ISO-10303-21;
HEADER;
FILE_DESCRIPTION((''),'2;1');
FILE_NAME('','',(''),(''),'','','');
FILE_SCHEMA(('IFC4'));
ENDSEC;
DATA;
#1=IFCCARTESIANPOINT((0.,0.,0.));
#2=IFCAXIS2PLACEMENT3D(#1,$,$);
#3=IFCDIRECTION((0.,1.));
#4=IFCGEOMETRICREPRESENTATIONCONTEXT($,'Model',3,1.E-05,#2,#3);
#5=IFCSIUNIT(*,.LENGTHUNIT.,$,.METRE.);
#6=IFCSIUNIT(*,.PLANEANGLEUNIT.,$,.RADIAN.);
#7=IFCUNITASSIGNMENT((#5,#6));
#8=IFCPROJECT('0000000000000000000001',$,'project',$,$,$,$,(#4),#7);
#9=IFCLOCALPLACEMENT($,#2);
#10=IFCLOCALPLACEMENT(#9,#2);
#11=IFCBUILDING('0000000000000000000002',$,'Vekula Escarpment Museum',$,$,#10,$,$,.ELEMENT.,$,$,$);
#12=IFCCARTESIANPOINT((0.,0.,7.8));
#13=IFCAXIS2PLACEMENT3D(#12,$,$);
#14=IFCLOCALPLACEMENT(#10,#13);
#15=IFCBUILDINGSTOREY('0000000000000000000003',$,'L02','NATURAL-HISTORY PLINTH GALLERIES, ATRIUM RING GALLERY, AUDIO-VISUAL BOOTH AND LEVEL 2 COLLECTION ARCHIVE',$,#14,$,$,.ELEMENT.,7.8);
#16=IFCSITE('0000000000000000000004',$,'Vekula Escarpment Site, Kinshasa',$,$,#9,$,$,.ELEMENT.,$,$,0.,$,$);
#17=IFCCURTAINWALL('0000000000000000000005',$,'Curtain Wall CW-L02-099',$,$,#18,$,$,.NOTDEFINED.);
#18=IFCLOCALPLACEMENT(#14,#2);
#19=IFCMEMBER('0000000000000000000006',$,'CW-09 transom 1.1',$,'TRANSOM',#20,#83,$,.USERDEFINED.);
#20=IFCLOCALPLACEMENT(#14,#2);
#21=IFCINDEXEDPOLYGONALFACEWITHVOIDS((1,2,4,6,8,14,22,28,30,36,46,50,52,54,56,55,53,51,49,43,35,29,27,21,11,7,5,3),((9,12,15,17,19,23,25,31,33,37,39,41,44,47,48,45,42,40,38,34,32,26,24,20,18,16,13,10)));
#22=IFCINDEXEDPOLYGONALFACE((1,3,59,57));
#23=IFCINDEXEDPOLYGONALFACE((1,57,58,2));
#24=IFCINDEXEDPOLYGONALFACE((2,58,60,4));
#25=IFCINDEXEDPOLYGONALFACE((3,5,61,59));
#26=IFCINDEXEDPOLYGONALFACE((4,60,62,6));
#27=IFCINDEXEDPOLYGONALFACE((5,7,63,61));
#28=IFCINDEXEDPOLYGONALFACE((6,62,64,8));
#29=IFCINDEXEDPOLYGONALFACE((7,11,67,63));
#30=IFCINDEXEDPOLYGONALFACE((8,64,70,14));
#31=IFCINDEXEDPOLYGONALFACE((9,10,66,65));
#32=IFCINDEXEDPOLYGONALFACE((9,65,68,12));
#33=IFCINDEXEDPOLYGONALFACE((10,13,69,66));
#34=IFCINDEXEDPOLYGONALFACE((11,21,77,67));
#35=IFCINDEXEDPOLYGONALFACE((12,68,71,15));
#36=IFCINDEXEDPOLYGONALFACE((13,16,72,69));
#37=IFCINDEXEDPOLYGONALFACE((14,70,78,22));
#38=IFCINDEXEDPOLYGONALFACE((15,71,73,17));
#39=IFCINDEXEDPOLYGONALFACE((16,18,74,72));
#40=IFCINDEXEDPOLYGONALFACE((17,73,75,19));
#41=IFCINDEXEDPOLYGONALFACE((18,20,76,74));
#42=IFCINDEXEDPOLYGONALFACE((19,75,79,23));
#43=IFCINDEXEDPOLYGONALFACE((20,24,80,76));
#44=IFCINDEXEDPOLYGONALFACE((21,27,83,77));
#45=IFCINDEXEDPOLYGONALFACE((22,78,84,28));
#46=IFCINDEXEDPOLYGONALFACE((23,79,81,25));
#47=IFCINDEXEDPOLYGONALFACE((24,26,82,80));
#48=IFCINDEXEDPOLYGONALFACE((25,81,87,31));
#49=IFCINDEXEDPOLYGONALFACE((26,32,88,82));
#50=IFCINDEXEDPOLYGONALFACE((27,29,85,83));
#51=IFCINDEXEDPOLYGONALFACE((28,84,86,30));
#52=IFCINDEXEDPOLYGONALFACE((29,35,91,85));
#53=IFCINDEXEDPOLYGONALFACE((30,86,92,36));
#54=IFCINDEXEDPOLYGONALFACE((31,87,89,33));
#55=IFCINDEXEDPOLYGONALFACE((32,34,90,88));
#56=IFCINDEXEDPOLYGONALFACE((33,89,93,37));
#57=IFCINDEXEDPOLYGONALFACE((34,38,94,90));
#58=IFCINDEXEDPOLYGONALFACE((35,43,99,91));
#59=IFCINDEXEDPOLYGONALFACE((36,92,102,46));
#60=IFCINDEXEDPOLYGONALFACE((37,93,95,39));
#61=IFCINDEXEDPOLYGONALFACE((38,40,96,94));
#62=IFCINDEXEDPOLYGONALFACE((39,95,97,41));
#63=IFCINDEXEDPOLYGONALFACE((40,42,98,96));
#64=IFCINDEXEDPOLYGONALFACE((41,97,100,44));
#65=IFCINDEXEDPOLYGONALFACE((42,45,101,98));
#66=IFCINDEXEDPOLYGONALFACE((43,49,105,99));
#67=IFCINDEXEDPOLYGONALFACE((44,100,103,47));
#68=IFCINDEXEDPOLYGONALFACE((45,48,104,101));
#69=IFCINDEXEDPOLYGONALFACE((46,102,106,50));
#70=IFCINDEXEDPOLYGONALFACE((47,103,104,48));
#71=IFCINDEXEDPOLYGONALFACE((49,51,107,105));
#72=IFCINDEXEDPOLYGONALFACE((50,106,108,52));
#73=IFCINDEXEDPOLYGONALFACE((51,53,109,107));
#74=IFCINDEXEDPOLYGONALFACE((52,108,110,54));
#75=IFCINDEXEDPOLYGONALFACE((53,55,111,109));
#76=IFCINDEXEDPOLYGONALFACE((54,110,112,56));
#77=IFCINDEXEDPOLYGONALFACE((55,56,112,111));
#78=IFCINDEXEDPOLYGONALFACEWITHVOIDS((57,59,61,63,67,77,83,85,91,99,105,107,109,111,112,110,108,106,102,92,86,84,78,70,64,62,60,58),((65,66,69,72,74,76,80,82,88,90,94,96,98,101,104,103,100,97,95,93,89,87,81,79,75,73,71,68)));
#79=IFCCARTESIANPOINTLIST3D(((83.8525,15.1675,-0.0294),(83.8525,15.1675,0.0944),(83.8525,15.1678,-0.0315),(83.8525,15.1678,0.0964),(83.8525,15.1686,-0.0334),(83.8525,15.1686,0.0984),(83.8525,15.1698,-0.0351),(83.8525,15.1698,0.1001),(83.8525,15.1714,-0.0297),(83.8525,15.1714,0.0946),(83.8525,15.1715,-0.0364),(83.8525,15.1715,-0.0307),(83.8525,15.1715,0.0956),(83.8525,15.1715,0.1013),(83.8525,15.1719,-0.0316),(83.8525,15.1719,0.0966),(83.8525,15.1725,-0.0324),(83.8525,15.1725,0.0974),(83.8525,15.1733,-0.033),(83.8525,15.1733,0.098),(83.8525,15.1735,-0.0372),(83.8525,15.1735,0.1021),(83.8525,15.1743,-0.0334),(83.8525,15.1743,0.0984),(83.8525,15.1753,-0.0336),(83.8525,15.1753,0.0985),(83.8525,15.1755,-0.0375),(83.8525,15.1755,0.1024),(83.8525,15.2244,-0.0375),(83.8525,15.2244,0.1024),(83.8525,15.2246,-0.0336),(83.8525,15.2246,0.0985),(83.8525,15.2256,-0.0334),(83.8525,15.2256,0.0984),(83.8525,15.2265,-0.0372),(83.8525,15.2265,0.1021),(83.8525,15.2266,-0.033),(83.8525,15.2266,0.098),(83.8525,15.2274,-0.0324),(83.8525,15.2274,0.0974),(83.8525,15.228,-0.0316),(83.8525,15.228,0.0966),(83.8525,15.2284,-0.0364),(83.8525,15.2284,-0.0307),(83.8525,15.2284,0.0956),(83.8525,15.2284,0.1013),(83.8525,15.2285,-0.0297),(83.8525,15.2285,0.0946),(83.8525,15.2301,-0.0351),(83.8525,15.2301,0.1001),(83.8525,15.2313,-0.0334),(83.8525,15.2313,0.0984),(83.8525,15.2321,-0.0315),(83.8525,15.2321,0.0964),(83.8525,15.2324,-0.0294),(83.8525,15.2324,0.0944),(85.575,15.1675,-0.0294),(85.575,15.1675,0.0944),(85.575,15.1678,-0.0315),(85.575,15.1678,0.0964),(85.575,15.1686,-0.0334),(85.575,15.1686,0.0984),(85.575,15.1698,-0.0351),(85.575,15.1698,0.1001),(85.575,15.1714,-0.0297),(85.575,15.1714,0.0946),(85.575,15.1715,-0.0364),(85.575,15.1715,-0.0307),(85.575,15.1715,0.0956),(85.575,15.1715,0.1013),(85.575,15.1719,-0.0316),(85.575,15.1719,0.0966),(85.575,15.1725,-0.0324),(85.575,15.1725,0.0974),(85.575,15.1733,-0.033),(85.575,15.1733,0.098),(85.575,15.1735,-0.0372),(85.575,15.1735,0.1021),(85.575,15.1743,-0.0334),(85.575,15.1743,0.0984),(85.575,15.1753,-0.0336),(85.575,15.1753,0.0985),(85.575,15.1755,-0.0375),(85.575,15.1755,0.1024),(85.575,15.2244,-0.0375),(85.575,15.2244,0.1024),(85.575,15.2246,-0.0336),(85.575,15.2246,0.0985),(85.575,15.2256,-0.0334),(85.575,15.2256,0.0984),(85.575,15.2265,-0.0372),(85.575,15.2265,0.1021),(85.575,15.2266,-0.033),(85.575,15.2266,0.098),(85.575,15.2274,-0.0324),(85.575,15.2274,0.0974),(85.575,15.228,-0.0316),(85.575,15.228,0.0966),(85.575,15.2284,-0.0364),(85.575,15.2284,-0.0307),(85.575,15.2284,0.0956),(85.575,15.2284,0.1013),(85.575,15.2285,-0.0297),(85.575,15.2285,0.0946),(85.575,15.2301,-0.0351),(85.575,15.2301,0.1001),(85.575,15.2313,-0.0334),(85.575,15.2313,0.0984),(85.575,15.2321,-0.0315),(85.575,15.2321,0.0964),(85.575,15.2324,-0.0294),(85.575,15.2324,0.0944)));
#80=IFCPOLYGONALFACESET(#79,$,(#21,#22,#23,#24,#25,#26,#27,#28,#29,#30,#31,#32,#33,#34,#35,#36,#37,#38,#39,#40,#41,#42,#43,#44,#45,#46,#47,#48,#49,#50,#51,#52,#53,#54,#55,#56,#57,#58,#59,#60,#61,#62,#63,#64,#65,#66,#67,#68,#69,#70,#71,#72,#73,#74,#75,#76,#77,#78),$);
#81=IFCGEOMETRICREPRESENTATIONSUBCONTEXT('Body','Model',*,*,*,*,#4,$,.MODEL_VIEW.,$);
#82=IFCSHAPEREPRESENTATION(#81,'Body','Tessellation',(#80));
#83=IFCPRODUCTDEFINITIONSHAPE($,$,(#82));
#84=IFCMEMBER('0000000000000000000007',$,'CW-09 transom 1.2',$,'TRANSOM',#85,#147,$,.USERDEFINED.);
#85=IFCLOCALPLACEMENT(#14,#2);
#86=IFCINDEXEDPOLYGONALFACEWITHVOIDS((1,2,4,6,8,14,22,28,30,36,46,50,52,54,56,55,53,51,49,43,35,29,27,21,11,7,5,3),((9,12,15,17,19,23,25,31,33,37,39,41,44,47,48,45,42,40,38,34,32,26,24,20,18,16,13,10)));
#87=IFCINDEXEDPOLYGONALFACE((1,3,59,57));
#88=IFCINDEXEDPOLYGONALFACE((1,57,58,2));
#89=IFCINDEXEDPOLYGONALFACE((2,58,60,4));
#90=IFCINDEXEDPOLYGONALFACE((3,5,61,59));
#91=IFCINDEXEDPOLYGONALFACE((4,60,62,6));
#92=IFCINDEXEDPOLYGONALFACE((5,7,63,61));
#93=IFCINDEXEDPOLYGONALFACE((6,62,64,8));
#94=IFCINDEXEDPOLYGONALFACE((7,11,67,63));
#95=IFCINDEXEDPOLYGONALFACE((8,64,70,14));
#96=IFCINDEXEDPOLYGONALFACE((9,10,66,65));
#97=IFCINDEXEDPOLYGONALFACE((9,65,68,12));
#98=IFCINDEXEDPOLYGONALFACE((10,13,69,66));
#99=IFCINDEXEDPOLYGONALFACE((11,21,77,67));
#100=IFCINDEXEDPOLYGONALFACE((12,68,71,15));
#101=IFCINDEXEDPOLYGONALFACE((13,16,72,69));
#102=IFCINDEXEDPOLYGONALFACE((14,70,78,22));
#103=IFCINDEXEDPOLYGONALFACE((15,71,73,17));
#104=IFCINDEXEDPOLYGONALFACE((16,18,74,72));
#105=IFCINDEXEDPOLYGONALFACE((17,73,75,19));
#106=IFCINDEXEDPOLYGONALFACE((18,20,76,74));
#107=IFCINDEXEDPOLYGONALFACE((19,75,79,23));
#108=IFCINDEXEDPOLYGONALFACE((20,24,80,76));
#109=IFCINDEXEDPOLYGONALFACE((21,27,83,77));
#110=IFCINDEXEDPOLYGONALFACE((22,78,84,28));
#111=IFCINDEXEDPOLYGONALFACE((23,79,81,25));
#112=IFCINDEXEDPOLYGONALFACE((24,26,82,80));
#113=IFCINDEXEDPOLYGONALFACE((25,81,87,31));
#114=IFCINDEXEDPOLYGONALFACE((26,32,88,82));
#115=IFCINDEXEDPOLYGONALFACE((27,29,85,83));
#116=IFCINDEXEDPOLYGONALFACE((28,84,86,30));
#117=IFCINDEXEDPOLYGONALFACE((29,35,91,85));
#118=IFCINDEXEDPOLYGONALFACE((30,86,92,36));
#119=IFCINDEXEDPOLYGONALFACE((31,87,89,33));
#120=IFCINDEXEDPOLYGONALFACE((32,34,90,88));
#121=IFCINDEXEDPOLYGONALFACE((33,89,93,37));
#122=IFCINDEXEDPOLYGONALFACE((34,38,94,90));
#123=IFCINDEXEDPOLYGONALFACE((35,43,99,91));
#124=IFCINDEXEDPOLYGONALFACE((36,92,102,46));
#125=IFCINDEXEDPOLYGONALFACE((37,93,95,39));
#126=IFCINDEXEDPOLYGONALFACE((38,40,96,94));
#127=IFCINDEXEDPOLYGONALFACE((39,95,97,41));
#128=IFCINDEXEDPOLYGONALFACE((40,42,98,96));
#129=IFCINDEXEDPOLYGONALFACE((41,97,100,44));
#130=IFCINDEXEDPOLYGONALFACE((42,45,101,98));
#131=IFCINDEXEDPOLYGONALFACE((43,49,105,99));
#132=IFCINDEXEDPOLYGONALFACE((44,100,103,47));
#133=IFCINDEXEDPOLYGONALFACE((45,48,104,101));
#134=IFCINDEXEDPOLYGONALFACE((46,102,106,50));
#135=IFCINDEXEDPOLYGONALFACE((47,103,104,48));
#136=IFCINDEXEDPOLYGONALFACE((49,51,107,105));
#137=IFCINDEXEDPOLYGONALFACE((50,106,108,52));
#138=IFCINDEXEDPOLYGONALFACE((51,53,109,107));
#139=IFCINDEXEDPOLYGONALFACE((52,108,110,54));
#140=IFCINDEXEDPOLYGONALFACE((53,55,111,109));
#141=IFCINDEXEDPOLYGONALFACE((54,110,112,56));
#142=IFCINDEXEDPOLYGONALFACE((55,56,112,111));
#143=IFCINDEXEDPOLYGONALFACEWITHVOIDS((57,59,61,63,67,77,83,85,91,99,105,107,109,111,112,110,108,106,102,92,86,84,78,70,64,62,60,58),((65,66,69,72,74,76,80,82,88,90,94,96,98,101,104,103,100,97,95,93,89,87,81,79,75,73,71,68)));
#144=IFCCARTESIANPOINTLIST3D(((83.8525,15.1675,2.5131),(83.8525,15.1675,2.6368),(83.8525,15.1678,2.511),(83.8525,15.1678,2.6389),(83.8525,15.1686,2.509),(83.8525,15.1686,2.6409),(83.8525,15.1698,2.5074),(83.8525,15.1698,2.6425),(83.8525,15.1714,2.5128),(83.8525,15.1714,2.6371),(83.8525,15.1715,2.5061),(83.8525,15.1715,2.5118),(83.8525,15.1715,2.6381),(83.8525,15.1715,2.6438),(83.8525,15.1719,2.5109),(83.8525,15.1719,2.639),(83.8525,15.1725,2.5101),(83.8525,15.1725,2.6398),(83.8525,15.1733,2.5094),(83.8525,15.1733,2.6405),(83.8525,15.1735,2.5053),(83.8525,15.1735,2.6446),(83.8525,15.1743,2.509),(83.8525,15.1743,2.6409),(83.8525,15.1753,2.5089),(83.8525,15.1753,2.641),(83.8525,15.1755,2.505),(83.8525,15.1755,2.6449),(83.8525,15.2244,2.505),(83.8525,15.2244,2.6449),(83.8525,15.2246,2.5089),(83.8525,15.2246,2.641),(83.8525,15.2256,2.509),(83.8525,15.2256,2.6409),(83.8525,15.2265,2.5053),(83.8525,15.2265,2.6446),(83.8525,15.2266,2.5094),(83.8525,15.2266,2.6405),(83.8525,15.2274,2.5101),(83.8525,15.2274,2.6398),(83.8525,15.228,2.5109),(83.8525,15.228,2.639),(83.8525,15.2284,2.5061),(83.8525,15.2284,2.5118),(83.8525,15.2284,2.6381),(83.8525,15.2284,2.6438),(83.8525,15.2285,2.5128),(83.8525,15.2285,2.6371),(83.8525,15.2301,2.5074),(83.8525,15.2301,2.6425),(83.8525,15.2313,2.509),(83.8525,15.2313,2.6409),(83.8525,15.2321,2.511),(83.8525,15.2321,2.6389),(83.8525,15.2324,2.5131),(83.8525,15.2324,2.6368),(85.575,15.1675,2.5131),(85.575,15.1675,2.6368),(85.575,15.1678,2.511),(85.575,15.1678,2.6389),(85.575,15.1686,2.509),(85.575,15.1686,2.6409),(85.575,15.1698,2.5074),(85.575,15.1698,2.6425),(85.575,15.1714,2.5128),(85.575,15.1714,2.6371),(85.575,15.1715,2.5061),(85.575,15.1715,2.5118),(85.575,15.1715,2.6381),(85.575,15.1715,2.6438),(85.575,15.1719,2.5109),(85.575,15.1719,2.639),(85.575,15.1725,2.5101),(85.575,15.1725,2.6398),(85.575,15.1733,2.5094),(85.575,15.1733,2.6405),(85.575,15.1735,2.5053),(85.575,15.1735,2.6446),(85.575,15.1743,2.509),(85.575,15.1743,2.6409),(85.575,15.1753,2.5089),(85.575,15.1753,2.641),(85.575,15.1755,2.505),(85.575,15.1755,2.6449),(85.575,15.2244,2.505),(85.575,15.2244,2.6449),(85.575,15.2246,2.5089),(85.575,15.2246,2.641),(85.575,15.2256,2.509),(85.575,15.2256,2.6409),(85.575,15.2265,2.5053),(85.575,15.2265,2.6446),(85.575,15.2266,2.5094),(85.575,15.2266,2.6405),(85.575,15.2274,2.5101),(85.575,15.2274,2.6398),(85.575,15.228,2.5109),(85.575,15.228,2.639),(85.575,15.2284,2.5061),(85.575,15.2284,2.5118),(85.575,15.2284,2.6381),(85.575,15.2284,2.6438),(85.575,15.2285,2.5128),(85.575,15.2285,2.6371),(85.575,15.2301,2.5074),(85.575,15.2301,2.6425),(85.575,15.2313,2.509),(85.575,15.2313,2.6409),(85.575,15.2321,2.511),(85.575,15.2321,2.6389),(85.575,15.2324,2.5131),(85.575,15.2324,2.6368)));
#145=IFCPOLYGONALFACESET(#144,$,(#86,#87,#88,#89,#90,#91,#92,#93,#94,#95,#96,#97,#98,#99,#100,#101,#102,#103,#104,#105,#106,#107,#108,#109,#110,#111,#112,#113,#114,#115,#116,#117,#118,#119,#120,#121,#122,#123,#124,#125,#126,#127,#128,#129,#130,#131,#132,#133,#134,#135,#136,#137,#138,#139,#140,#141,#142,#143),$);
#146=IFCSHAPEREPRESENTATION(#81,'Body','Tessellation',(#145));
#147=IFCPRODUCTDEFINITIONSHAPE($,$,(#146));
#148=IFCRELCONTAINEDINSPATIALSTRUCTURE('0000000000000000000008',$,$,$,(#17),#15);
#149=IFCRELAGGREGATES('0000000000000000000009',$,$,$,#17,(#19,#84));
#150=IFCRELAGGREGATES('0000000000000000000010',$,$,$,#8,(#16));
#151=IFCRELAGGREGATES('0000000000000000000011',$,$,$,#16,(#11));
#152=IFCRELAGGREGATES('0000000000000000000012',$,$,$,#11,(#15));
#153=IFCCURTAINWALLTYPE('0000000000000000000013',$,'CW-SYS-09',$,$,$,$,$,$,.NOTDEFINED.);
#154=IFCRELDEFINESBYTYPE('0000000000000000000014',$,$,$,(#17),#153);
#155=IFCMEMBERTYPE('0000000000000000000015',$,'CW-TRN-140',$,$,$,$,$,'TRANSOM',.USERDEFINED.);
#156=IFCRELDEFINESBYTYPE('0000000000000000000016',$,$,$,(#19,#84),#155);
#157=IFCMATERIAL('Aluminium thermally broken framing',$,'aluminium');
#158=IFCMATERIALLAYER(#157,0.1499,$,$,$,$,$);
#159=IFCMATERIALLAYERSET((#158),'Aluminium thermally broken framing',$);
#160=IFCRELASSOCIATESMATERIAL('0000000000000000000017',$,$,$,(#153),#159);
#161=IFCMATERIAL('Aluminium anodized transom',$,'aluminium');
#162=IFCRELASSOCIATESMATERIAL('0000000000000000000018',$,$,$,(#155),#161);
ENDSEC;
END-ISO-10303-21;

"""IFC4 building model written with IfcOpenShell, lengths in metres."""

from ifc_helpers import new_model, si_unit, direction, frame, origin, origin_2d, place, context, subcontext, project, spatial, hollow_rectangle, extrude, material, layer, layer_set, material_profile, profile_set, type_object, element, aggregate, save


model = new_model("IFC4")

# Units and contexts
model_context = context("Model", 3, precision=1e-05, world=origin(), true_north=direction((0.0, 1.0)))
body_context = subcontext(model_context, "Body", "Model", "MODEL_VIEW")
ifc_project = project(units=[si_unit("LENGTHUNIT", "METRE"), si_unit("PLANEANGLEUNIT", "RADIAN")], contexts=[model_context])

# Site, building, storey
site_placement = place(None, origin())
site = spatial("IfcSite", under=ifc_project, at=site_placement, Name="Vekula Escarpment Site, Kinshasa", CompositionType="ELEMENT", RefElevation=0.0)
building_placement = place(site_placement, origin())
building = spatial("IfcBuilding", under=site, at=building_placement, Name="Vekula Escarpment Museum", CompositionType="ELEMENT")
storey_placement = place(building_placement, frame((0.0, 0.0, 7.8)))
storey = spatial("IfcBuildingStorey", under=building, at=storey_placement, Name="L02", Description="NATURAL-HISTORY PLINTH GALLERIES, ATRIUM RING GALLERY, AUDIO-VISUAL BOOTH AND LEVEL 2 COLLECTION ARCHIVE", CompositionType="ELEMENT", Elevation=7.8)

# Curtain wall
ifc_material_1 = material(Name="Aluminium thermally broken framing", Category="aluminium")
ifc_layer_1 = layer(ifc_material_1, 0.1499)
ifc_layer_set_1 = layer_set([ifc_layer_1], Name="Aluminium thermally broken framing")
curtain_wall_type_1 = type_object("IfcCurtainWallType", Name="CW-SYS-09", PredefinedType="NOTDEFINED", material=ifc_layer_set_1)
curtain_wall_1_placement = place(storey_placement, origin())
curtain_wall_1 = element("IfcCurtainWall", 1, at=curtain_wall_1_placement, inside=storey, type_object=curtain_wall_type_1, Name="Curtain Wall CW-L02-099", PredefinedType="NOTDEFINED")

# Members
ifc_material_2 = material(Name="Aluminium anodized transom", Category="aluminium")
ifc_material_profile_1 = material_profile(ifc_material_2, hollow_rectangle(XDim=0.0649, YDim=0.1399, WallThickness=0.0039, InnerFilletRadius=0.0039, OuterFilletRadius=0.0081, at=origin_2d()), Name="ALU 140x65x4")
ifc_profile_set_1 = profile_set([ifc_material_profile_1], Name="Aluminium anodized transom")
member_type_1 = type_object("IfcMemberType", Name="CW-TRN-140", ElementType="TRANSOM", PredefinedType="USERDEFINED", material=ifc_profile_set_1)
member_1_placement = place(storey_placement, frame((85.575, 15.2, 0.0325), z_axis=(-1.0, 0.0, 0.0), x_axis=(0.0, -1.0, 0.0)))
member_1 = element("IfcMember", 2, at=member_1_placement, type_object=member_type_1, Name="CW-09 transom 1.1", ObjectType="TRANSOM", PredefinedType="USERDEFINED", context=body_context, shape_type="SweptSolid", body=[
    extrude(hollow_rectangle(XDim=0.0649, YDim=0.1399, WallThickness=0.0039, InnerFilletRadius=0.0039, OuterFilletRadius=0.0081, at=origin_2d()), origin(), (0.0, 0.0, 1.0), 1.7224),
])
member_2_placement = place(storey_placement, frame((85.575, 15.2, 2.575), z_axis=(-1.0, 0.0, 0.0), x_axis=(0.0, -1.0, 0.0)))
member_2 = element("IfcMember", 3, at=member_2_placement, type_object=member_type_1, Name="CW-09 transom 1.2", ObjectType="TRANSOM", PredefinedType="USERDEFINED", context=body_context, shape_type="SweptSolid", body=[
    extrude(hollow_rectangle(XDim=0.0649, YDim=0.1399, WallThickness=0.0039, InnerFilletRadius=0.0039, OuterFilletRadius=0.0081, at=origin_2d()), origin(), (0.0, 0.0, 1.0), 1.7224),
])

aggregate(curtain_wall_1, [member_1, member_2])

save(model, "model.ifc")
